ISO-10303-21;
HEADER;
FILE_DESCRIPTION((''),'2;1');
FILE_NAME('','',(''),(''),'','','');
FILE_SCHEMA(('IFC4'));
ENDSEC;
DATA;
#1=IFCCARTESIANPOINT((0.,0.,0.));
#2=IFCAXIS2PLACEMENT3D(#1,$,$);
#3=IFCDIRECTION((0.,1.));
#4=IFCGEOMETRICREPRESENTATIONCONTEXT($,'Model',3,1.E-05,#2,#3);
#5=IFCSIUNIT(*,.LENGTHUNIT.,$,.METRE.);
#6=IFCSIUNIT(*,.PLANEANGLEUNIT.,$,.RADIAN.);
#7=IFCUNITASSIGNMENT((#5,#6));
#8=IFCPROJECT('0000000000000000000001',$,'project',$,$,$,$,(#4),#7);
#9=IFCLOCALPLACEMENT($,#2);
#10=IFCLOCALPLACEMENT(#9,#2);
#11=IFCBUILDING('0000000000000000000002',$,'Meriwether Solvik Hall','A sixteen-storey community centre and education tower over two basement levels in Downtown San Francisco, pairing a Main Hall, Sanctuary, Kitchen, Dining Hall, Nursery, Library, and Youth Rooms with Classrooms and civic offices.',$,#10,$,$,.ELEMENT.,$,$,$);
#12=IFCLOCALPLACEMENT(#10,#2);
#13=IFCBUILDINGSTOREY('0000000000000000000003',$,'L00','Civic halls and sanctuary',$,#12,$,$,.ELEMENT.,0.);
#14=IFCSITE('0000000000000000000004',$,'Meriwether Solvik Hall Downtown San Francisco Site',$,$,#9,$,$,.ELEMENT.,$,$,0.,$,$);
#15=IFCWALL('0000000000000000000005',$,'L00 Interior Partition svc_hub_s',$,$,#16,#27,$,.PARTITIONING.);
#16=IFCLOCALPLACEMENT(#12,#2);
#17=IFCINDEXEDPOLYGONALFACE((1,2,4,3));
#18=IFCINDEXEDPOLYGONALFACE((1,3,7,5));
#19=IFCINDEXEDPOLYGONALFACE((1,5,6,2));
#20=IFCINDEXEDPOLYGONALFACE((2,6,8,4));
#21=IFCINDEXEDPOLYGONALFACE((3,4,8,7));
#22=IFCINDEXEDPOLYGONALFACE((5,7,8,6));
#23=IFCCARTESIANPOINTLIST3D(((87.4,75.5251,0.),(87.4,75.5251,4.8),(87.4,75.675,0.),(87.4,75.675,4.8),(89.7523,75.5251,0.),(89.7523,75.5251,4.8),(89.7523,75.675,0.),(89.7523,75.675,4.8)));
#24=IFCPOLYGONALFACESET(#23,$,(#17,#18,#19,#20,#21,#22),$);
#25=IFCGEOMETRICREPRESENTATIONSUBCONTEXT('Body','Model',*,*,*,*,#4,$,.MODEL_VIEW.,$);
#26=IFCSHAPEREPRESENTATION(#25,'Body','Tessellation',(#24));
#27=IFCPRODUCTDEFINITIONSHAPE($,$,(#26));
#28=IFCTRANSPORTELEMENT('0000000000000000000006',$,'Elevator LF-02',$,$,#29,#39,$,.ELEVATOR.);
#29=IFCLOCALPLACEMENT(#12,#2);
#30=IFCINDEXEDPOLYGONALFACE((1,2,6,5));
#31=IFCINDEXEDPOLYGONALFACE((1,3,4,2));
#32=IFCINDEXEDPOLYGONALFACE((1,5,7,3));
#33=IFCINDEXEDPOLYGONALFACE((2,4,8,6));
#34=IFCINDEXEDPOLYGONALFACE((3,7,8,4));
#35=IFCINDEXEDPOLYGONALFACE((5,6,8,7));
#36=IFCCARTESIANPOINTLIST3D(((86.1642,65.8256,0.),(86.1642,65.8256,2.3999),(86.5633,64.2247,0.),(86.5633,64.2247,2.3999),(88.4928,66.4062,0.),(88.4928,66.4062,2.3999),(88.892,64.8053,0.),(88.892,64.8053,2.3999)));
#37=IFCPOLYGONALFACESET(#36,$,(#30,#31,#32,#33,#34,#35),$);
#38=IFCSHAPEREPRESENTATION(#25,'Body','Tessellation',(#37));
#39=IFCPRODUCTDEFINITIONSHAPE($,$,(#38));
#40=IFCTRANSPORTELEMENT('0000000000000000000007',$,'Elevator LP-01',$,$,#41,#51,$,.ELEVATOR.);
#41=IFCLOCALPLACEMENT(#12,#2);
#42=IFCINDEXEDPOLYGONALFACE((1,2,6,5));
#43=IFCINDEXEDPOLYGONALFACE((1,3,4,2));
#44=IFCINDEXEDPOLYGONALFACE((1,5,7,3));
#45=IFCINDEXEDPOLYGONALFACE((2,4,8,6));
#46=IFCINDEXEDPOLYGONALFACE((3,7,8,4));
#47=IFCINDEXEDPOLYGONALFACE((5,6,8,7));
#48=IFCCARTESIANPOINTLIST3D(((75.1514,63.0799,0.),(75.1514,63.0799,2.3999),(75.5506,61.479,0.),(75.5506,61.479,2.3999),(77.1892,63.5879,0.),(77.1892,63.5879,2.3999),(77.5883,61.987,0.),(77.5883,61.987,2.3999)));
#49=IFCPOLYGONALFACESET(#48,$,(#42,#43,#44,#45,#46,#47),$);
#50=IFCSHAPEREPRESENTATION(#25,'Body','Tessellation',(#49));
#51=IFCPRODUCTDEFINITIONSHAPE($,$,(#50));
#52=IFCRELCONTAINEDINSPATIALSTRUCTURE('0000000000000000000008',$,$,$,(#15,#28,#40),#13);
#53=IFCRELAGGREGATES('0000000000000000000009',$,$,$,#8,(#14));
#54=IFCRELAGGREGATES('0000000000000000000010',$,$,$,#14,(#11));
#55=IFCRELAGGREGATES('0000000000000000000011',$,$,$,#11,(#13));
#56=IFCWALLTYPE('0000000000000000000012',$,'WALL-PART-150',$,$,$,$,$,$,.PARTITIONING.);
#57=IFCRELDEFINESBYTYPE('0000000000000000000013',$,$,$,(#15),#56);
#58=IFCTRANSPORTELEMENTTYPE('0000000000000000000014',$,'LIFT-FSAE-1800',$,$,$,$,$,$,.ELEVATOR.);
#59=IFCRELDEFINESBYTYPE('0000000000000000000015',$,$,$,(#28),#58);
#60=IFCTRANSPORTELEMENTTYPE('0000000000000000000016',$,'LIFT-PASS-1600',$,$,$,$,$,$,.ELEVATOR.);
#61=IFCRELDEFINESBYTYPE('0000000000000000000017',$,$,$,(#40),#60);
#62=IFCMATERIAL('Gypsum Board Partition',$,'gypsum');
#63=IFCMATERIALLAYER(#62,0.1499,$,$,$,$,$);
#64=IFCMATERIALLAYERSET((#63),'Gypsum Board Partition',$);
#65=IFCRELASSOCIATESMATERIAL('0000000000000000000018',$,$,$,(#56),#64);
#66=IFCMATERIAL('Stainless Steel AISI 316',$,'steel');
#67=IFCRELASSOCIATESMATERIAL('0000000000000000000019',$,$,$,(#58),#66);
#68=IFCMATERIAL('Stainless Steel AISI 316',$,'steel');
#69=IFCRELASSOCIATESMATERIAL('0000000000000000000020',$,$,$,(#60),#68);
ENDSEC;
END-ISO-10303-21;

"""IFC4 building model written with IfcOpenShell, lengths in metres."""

from ifc_helpers import new_model, si_unit, direction, frame, frame_2d, origin, origin_2d, place, context, subcontext, project, spatial, rectangle, extrude, material, layer, layer_set, type_object, element, save


model = new_model("IFC4")

# Units and contexts
model_context = context("Model", 3, precision=1e-05, world=origin(), true_north=direction((0.0, 1.0)))
body_context = subcontext(model_context, "Body", "Model", "MODEL_VIEW")
ifc_project = project(units=[si_unit("LENGTHUNIT", "METRE"), si_unit("PLANEANGLEUNIT", "RADIAN")], contexts=[model_context])

# Site, building, storey
site_placement = place(None, origin())
site = spatial("IfcSite", under=ifc_project, at=site_placement, Name="Meriwether Solvik Hall Downtown San Francisco Site", CompositionType="ELEMENT", RefElevation=0.0)
building_placement = place(site_placement, origin())
building = spatial("IfcBuilding", under=site, at=building_placement, Name="Meriwether Solvik Hall", Description="A sixteen-storey community centre and education tower over two basement levels in Downtown San Francisco, pairing a Main Hall, Sanctuary, Kitchen, Dining Hall, Nursery, Library, and Youth Rooms with Classrooms and civic offices.", CompositionType="ELEMENT")
storey_placement = place(building_placement, origin())
storey = spatial("IfcBuildingStorey", under=building, at=storey_placement, Name="L00", Description="Civic halls and sanctuary", CompositionType="ELEMENT", Elevation=0.0)

# Shared definitions
ifc_material_1 = material(Name="Gypsum Board Partition", Category="gypsum")
ifc_layer_1 = layer(ifc_material_1, 0.1499)
ifc_layer_set_1 = layer_set([ifc_layer_1], Name="Gypsum Board Partition")
wall_type_1 = type_object("IfcWallType", Name="WALL-PART-150", PredefinedType="PARTITIONING", material=ifc_layer_set_1)

# Wall
wall_1_placement = place(storey_placement, frame((87.3999, 75.6001, 0.0), z_axis=(0.0, 0.0, 1.0), x_axis=(1.0, 0.0, 0.0)))
element("IfcWall", 1, at=wall_1_placement, inside=storey, type_object=wall_type_1, Name="L00 Interior Partition svc_hub_s", PredefinedType="PARTITIONING", context=body_context, shape_type="SweptSolid", body=[
    extrude(rectangle(XDim=2.3523, YDim=0.1499, at=frame_2d((1.1763, 0.0))), origin(), (0.0, 0.0, 1.0), 4.8),
])

# Transport elements
ifc_material_2 = material(Name="Stainless Steel AISI 316", Category="steel")
transport_element_type_1 = type_object("IfcTransportElementType", Name="LIFT-FSAE-1800", PredefinedType="ELEVATOR", material=ifc_material_2)
transport_element_1_placement = place(storey_placement, frame((87.5281, 65.3154, 0.0), z_axis=(0.0, 0.0, 1.0), x_axis=(0.970296, 0.241922, 0.0)))
element("IfcTransportElement", 2, at=transport_element_1_placement, inside=storey, type_object=transport_element_type_1, Name="Elevator LF-02", PredefinedType="ELEVATOR", context=body_context, shape_type="SweptSolid", body=[
    extrude(rectangle(XDim=2.3999, YDim=1.6499, at=origin_2d()), origin(), (0.0, 0.0, 1.0), 2.3999),
])
ifc_material_3 = material(Name="Stainless Steel AISI 316", Category="steel")
transport_element_type_2 = type_object("IfcTransportElementType", Name="LIFT-PASS-1600", PredefinedType="ELEVATOR", material=ifc_material_3)
transport_element_2_placement = place(storey_placement, frame((76.3699, 62.5334, 0.0), z_axis=(0.0, 0.0, 1.0), x_axis=(0.970296, 0.241922, 0.0)))
element("IfcTransportElement", 3, at=transport_element_2_placement, inside=storey, type_object=transport_element_type_2, Name="Elevator LP-01", PredefinedType="ELEVATOR", context=body_context, shape_type="SweptSolid", body=[
    extrude(rectangle(XDim=2.1001, YDim=1.6499, at=origin_2d()), origin(), (0.0, 0.0, 1.0), 2.3999),
])

save(model, "model.ifc")
